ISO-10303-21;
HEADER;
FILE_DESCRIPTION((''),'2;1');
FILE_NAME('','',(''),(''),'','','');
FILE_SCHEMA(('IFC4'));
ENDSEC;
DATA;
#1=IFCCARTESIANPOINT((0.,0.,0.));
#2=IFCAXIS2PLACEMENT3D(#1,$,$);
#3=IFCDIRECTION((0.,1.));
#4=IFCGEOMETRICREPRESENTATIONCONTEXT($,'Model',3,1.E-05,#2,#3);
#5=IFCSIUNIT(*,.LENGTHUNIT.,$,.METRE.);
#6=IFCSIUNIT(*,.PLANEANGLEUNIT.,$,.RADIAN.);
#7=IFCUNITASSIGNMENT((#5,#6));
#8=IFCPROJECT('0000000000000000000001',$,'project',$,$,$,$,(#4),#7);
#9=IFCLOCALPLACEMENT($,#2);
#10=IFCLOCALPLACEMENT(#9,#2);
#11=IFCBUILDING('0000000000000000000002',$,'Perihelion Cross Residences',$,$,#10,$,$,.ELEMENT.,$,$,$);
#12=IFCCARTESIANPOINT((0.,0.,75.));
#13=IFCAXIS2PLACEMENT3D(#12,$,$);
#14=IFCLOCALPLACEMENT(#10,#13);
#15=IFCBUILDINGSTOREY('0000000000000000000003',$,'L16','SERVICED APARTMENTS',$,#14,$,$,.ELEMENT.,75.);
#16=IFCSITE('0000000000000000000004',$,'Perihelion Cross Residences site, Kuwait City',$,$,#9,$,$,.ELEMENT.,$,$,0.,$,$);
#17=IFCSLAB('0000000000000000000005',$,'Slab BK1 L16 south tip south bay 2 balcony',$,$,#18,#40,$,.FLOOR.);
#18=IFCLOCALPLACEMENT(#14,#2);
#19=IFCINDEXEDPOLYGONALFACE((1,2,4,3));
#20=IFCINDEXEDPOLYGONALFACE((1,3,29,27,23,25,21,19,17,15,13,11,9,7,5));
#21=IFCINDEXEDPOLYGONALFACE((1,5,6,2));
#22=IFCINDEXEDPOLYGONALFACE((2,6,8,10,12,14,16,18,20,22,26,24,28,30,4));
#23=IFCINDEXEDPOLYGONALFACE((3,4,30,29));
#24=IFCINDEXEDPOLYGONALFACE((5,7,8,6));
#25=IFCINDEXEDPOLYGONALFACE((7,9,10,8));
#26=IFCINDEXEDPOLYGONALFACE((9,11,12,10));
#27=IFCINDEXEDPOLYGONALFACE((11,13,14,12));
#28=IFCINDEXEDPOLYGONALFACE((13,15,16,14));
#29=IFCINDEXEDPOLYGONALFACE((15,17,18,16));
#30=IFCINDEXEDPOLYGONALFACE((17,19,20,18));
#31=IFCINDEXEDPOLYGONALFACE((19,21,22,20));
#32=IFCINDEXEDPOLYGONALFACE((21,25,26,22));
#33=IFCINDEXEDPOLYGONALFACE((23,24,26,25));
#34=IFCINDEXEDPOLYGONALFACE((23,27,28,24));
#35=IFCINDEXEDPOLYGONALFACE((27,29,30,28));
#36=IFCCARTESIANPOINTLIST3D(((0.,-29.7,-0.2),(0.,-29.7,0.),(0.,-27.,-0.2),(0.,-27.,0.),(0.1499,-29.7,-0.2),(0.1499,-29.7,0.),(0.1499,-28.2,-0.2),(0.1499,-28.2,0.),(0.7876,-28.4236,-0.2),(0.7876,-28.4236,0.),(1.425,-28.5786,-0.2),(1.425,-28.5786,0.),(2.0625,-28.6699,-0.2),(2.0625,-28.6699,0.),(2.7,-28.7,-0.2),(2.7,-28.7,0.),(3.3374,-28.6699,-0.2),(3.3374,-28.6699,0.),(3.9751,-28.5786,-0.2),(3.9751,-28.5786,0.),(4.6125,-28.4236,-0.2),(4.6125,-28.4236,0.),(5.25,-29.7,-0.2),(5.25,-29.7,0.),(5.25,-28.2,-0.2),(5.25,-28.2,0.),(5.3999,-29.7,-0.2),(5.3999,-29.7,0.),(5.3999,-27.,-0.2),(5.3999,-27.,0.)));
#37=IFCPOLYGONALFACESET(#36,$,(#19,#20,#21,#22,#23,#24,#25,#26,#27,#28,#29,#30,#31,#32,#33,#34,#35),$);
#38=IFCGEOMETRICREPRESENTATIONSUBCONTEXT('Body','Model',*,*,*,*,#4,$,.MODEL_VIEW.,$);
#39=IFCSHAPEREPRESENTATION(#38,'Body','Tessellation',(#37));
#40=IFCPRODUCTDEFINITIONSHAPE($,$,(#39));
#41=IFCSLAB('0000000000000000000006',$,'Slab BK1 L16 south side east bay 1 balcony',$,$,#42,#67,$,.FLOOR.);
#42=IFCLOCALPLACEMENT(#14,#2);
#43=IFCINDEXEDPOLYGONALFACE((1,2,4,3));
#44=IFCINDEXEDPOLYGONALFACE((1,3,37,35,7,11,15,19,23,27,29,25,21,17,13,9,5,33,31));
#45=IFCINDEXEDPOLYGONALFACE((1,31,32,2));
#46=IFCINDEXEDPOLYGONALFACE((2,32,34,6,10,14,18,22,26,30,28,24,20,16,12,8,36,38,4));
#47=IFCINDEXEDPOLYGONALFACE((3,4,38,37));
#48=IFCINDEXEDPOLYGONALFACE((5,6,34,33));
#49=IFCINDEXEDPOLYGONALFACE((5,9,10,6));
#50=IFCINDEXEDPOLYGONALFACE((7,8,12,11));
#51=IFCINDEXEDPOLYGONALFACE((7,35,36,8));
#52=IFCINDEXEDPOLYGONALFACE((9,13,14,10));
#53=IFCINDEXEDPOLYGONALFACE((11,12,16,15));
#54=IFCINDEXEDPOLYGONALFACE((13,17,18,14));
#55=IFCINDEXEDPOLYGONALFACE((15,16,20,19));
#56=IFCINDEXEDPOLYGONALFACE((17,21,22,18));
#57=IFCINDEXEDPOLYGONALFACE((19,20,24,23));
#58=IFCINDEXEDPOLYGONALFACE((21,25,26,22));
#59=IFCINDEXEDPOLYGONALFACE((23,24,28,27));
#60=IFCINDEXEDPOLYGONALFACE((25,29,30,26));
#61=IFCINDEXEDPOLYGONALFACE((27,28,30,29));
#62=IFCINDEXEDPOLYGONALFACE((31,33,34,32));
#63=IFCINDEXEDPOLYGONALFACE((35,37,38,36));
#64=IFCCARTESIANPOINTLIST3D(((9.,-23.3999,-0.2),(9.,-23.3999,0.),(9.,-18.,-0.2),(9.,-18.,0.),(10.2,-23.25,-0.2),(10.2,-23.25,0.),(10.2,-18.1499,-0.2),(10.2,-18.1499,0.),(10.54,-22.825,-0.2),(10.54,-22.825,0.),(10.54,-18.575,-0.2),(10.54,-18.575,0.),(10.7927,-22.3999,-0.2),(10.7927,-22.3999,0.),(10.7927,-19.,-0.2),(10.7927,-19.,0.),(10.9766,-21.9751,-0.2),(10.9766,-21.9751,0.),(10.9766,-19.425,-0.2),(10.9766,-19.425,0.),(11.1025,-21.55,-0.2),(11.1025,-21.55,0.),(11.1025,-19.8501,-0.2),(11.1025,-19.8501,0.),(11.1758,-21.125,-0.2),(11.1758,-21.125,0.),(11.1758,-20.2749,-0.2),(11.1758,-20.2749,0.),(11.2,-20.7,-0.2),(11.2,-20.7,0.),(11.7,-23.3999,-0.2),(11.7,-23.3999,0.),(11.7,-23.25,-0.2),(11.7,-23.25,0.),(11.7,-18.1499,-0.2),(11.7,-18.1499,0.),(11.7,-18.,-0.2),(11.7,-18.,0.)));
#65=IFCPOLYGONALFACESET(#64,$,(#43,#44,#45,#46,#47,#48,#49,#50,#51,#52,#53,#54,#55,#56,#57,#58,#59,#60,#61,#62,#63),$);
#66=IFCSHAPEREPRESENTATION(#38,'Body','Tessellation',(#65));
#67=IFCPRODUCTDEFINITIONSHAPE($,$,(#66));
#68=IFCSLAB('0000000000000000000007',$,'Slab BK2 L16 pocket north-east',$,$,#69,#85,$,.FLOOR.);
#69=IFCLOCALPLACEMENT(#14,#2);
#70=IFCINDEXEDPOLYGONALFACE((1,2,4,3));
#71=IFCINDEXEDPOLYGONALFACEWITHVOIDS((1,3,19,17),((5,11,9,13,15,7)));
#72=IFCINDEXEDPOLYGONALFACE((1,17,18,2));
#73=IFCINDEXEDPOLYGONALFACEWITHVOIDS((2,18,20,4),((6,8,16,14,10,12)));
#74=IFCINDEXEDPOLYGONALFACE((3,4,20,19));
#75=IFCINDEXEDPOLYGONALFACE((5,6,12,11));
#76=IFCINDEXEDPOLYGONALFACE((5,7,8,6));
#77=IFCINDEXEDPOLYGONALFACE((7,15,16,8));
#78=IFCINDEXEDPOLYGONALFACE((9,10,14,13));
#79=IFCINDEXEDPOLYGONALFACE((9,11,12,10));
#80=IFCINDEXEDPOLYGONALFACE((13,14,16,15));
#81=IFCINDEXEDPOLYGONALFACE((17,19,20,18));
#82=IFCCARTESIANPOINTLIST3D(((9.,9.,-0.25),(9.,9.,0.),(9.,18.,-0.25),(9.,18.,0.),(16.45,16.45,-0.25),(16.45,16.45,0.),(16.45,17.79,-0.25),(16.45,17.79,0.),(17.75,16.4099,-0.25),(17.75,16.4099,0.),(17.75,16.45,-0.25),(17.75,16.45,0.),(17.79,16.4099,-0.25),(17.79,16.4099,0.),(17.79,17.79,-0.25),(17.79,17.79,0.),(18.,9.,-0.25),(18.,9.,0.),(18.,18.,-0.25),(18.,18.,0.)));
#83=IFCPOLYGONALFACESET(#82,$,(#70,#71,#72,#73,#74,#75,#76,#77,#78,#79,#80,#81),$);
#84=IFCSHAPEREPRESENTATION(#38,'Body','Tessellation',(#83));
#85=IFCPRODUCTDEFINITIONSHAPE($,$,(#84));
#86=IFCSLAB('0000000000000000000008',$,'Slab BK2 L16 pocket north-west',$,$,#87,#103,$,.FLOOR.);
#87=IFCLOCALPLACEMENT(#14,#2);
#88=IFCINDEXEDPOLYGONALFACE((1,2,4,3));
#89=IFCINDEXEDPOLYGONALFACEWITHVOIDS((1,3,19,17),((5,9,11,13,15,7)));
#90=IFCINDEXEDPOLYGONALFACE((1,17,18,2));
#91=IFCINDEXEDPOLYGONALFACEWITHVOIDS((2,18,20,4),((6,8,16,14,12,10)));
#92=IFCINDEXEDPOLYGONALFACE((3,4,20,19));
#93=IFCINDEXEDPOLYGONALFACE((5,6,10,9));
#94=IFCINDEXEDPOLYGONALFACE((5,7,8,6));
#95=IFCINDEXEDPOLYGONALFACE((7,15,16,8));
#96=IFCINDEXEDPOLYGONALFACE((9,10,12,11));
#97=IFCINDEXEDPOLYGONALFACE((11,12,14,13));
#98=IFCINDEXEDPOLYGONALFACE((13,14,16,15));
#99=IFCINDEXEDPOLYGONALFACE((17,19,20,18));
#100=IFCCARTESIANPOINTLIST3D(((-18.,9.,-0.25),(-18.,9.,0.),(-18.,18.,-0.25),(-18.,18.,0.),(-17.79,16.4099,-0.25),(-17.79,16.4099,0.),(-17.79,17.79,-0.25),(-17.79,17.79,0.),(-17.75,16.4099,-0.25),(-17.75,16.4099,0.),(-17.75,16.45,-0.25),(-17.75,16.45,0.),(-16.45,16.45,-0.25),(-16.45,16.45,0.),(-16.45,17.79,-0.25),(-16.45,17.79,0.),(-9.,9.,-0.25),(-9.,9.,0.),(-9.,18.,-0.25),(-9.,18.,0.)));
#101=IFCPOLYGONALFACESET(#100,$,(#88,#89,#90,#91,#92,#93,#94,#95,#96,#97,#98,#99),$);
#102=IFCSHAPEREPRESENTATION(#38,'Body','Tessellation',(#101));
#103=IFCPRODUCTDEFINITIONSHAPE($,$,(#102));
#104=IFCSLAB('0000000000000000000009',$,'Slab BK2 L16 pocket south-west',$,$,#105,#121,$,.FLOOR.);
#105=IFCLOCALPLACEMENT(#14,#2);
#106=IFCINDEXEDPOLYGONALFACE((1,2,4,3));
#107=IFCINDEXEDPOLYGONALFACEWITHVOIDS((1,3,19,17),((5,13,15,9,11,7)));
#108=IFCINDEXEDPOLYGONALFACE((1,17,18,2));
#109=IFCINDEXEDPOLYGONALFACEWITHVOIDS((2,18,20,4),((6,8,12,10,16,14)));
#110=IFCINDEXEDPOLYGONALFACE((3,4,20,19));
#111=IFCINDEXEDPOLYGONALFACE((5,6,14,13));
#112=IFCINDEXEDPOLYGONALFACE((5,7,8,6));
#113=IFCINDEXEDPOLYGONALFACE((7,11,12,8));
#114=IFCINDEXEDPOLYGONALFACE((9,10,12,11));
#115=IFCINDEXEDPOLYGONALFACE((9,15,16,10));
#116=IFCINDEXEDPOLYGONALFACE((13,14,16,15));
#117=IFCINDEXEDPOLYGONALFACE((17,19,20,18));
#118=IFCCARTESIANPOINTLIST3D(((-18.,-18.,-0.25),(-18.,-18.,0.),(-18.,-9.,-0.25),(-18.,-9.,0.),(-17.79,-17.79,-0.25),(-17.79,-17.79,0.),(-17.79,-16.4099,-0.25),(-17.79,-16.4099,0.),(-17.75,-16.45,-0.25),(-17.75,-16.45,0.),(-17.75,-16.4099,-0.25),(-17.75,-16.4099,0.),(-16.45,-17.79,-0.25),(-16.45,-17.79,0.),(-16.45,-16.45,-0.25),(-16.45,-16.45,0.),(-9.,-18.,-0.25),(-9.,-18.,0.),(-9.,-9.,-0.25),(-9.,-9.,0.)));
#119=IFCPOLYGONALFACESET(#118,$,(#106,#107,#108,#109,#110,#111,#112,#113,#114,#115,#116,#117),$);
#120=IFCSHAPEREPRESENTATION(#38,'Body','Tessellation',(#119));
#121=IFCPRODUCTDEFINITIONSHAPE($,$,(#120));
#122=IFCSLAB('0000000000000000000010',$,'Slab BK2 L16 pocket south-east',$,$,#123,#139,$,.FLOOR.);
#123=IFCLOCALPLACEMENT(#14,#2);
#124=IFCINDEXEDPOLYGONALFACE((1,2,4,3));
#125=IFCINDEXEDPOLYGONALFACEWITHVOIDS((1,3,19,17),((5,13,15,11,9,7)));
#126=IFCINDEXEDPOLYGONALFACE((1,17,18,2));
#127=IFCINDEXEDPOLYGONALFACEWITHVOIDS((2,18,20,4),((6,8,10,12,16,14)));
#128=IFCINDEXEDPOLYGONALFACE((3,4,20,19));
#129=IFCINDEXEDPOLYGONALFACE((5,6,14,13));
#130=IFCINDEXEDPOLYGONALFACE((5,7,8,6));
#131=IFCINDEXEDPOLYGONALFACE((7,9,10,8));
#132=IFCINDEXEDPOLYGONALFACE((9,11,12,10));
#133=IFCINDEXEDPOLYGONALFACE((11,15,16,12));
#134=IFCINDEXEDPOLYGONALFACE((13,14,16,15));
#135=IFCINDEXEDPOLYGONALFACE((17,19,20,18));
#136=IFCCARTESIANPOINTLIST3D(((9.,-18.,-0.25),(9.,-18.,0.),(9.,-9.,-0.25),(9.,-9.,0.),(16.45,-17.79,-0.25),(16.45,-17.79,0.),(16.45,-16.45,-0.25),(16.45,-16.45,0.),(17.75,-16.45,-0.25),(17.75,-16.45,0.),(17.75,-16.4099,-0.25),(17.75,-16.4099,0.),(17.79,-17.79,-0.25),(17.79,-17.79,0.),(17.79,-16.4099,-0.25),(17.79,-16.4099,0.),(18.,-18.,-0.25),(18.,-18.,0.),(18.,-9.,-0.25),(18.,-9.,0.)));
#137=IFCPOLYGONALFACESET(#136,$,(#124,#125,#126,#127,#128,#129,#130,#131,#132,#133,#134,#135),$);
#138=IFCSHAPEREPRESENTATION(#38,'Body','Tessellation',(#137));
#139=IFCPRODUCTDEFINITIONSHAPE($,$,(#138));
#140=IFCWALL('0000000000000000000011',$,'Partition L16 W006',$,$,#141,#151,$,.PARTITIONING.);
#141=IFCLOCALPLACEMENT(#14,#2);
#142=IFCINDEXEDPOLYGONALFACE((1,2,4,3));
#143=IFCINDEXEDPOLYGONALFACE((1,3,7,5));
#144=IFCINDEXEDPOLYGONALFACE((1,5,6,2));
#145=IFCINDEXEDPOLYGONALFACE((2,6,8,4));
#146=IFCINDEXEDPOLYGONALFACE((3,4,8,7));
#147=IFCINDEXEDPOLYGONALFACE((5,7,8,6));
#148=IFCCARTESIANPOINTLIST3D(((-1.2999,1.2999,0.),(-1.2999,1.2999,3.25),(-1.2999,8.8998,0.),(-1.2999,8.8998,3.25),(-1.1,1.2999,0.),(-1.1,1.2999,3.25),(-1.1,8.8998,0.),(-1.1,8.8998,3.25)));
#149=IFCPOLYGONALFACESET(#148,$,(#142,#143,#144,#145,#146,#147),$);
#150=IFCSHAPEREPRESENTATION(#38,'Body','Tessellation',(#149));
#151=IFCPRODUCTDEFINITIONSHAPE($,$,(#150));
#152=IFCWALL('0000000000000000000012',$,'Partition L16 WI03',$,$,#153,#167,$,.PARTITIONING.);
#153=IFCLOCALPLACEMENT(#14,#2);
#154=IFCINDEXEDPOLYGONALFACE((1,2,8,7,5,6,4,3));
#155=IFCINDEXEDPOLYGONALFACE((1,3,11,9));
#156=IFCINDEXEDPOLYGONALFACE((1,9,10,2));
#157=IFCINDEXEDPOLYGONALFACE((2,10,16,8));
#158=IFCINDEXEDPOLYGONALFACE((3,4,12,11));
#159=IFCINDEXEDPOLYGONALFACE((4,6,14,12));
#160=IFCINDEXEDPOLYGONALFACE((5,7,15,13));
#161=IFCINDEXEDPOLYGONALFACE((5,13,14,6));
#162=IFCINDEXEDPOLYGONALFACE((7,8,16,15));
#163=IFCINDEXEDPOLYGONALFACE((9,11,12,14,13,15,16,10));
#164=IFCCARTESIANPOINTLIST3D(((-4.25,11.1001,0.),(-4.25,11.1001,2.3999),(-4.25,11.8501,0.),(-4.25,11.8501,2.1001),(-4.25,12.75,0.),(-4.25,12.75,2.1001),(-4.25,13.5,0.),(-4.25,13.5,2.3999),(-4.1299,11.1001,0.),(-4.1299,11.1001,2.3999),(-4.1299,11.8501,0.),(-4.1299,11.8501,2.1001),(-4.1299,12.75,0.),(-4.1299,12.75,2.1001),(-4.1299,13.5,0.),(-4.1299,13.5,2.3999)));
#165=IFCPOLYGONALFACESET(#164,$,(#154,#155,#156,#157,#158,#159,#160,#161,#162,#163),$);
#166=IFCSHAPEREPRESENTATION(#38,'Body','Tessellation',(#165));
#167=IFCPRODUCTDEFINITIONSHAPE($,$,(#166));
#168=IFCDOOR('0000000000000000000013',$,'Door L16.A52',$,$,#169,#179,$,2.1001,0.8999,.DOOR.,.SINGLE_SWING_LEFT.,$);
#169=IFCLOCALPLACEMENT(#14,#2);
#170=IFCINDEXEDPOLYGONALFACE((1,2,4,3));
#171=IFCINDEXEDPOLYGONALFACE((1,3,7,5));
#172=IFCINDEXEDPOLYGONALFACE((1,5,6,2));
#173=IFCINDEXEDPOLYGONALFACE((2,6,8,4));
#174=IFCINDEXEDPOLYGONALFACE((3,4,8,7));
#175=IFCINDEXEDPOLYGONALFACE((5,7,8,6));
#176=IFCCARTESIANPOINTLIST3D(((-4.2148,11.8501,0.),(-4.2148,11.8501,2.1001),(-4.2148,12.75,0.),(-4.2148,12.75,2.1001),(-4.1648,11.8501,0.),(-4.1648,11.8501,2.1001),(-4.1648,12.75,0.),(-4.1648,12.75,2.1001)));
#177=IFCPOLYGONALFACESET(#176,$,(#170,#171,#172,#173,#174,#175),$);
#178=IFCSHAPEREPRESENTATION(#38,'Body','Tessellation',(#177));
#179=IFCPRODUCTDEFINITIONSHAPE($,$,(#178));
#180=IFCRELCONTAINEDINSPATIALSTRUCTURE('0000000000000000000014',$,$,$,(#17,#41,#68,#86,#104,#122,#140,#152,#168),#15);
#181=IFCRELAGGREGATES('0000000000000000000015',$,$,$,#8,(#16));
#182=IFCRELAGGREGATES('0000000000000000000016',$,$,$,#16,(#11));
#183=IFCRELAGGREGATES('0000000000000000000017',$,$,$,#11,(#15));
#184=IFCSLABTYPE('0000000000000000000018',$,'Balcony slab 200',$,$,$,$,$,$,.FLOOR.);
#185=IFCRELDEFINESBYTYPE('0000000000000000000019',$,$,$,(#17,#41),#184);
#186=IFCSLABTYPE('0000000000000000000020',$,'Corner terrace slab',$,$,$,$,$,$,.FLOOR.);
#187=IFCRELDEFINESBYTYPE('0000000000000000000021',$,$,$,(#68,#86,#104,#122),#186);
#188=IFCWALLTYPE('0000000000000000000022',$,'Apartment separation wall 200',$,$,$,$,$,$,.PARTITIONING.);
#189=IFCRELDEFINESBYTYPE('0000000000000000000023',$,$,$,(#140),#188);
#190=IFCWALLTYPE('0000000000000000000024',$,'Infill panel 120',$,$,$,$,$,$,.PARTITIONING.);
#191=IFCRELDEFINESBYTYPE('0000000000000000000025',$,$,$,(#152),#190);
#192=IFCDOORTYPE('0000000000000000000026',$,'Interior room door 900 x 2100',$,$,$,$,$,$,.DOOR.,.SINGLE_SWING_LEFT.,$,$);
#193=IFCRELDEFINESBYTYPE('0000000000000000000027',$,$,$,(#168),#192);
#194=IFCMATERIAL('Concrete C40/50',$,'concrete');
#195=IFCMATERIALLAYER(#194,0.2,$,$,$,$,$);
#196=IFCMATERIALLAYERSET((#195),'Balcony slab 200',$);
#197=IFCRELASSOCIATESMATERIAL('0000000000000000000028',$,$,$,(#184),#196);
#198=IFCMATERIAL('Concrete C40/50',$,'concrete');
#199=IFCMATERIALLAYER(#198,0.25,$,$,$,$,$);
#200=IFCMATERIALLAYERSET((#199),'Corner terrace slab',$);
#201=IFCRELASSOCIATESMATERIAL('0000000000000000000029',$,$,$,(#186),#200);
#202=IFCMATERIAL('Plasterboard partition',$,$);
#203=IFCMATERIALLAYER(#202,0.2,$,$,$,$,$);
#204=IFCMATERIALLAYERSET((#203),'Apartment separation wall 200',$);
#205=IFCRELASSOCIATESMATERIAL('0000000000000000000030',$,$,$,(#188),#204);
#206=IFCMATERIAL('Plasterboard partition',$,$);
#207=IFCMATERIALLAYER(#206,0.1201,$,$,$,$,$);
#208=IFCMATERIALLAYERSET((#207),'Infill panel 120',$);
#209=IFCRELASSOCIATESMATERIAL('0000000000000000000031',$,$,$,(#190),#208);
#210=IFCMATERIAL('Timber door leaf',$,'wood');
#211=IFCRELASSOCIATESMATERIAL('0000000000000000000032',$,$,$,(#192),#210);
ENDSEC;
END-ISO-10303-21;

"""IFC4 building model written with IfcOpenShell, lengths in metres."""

from ifc_helpers import new_model, si_unit, direction, frame, frame_2d, origin, place, context, subcontext, project, spatial, polyline, rectangle, outline, extrude, material, layer, layer_set, type_object, element, fill, save


model = new_model("IFC4")

# Units and contexts
model_context = context("Model", 3, precision=1e-05, world=origin(), true_north=direction((0.0, 1.0)))
body_context = subcontext(model_context, "Body", "Model", "MODEL_VIEW")
ifc_project = project(units=[si_unit("LENGTHUNIT", "METRE"), si_unit("PLANEANGLEUNIT", "RADIAN")], contexts=[model_context])

# Site, building, storey
site_placement = place(None, origin())
site = spatial("IfcSite", under=ifc_project, at=site_placement, Name="Perihelion Cross Residences site, Kuwait City", CompositionType="ELEMENT", RefElevation=0.0)
building_placement = place(site_placement, origin())
building = spatial("IfcBuilding", under=site, at=building_placement, Name="Perihelion Cross Residences", CompositionType="ELEMENT")
storey_placement = place(building_placement, frame((0.0, 0.0, 75.0)))
storey = spatial("IfcBuildingStorey", under=building, at=storey_placement, Name="L16", Description="SERVICED APARTMENTS", CompositionType="ELEMENT", Elevation=75.0)

# Slabs
ifc_material_1 = material(Name="Concrete C40/50", Category="concrete")
ifc_layer_1 = layer(ifc_material_1, 0.2)
ifc_layer_set_1 = layer_set([ifc_layer_1], Name="Balcony slab 200")
slab_type_1 = type_object("IfcSlabType", Name="Balcony slab 200", PredefinedType="FLOOR", material=ifc_layer_set_1)
slab_1_placement = place(storey_placement, frame((0.0, 0.0, -0.2)))
element("IfcSlab", 1, at=slab_1_placement, inside=storey, type_object=slab_type_1, Name="Slab BK1 L16 south tip south bay 2 balcony", PredefinedType="FLOOR", context=body_context, shape_type="SweptSolid", body=[
    extrude(outline(polyline([(0.0, -27.0), (5.3999, -27.0), (5.3999, -29.7), (5.25, -29.7), (5.25, -28.2), (4.6125, -28.4236), (3.9751, -28.5786), (3.3374, -28.6699), (2.7, -28.7), (2.0625, -28.6699), (1.425, -28.5786), (0.7876, -28.4236), (0.1499, -28.2), (0.1499, -29.7), (0.0, -29.7), (0.0, -27.0)])), origin(), (0.0, 0.0, 1.0), 0.2),
])
slab_2_placement = place(storey_placement, frame((0.0, 0.0, -0.2)))
element("IfcSlab", 2, at=slab_2_placement, inside=storey, type_object=slab_type_1, Name="Slab BK1 L16 south side east bay 1 balcony", PredefinedType="FLOOR", context=body_context, shape_type="SweptSolid", body=[
    extrude(outline(polyline([(9.0, -23.3999), (9.0, -18.0), (11.7, -18.0), (11.7, -18.1499), (10.2, -18.1499), (10.54, -18.575), (10.7927, -19.0), (10.9766, -19.425), (11.1025, -19.8501), (11.1758, -20.2749), (11.2, -20.7), (11.1758, -21.125), (11.1025, -21.55), (10.9766, -21.9751), (10.7927, -22.3999), (10.54, -22.825), (10.2, -23.25), (11.7, -23.25), (11.7, -23.3999), (9.0, -23.3999)])), origin(), (0.0, 0.0, 1.0), 0.2),
])
ifc_material_2 = material(Name="Concrete C40/50", Category="concrete")
ifc_layer_2 = layer(ifc_material_2, 0.25)
ifc_layer_set_2 = layer_set([ifc_layer_2], Name="Corner terrace slab")
slab_type_2 = type_object("IfcSlabType", Name="Corner terrace slab", PredefinedType="FLOOR", material=ifc_layer_set_2)
slab_3_placement = place(storey_placement, frame((0.0, 0.0, -0.25)))
element("IfcSlab", 3, at=slab_3_placement, inside=storey, type_object=slab_type_2, Name="Slab BK2 L16 pocket north-east", PredefinedType="FLOOR", context=body_context, shape_type="SweptSolid", body=[
    extrude(outline(polyline([(18.0, 9.0), (18.0, 18.0), (9.0, 18.0), (9.0, 9.0), (18.0, 9.0)]), holes=[polyline([(16.45, 16.45), (16.45, 17.79), (17.79, 17.79), (17.79, 16.4099), (17.75, 16.4099), (17.75, 16.45), (16.45, 16.45)])]), origin(), (0.0, 0.0, 1.0), 0.25),
])
slab_4_placement = place(storey_placement, frame((0.0, 0.0, -0.25)))
element("IfcSlab", 4, at=slab_4_placement, inside=storey, type_object=slab_type_2, Name="Slab BK2 L16 pocket north-west", PredefinedType="FLOOR", context=body_context, shape_type="SweptSolid", body=[
    extrude(outline(polyline([(-9.0, 9.0), (-9.0, 18.0), (-18.0, 18.0), (-18.0, 9.0), (-9.0, 9.0)]), holes=[polyline([(-17.79, 16.4099), (-17.79, 17.79), (-16.45, 17.79), (-16.45, 16.45), (-17.75, 16.45), (-17.75, 16.4099), (-17.79, 16.4099)])]), origin(), (0.0, 0.0, 1.0), 0.25),
])
slab_5_placement = place(storey_placement, frame((0.0, 0.0, -0.25)))
element("IfcSlab", 5, at=slab_5_placement, inside=storey, type_object=slab_type_2, Name="Slab BK2 L16 pocket south-west", PredefinedType="FLOOR", context=body_context, shape_type="SweptSolid", body=[
    extrude(outline(polyline([(-9.0, -18.0), (-9.0, -9.0), (-18.0, -9.0), (-18.0, -18.0), (-9.0, -18.0)]), holes=[polyline([(-17.79, -16.4099), (-17.75, -16.4099), (-17.75, -16.45), (-16.45, -16.45), (-16.45, -17.79), (-17.79, -17.79), (-17.79, -16.4099)])]), origin(), (0.0, 0.0, 1.0), 0.25),
])
slab_6_placement = place(storey_placement, frame((0.0, 0.0, -0.25)))
element("IfcSlab", 6, at=slab_6_placement, inside=storey, type_object=slab_type_2, Name="Slab BK2 L16 pocket south-east", PredefinedType="FLOOR", context=body_context, shape_type="SweptSolid", body=[
    extrude(outline(polyline([(18.0, -18.0), (18.0, -9.0), (9.0, -9.0), (9.0, -18.0), (18.0, -18.0)]), holes=[polyline([(16.45, -17.79), (16.45, -16.45), (17.75, -16.45), (17.75, -16.4099), (17.79, -16.4099), (17.79, -17.79), (16.45, -17.79)])]), origin(), (0.0, 0.0, 1.0), 0.25),
])

# Wall
ifc_material_3 = material(Name="Plasterboard partition")
ifc_layer_3 = layer(ifc_material_3, 0.2)
ifc_layer_set_3 = layer_set([ifc_layer_3], Name="Apartment separation wall 200")
wall_type_1 = type_object("IfcWallType", Name="Apartment separation wall 200", PredefinedType="PARTITIONING", material=ifc_layer_set_3)
wall_1_placement = place(storey_placement, frame((-1.2, 1.3, 0.0), z_axis=(0.0, 0.0, 1.0), x_axis=(0.0, 1.0, 0.0)))
element("IfcWall", 7, at=wall_1_placement, inside=storey, type_object=wall_type_1, Name="Partition L16 W006", PredefinedType="PARTITIONING", context=body_context, shape_type="SweptSolid", body=[
    extrude(rectangle(XDim=7.5999, YDim=0.2, at=frame_2d((3.7998, 0.0))), origin(), (0.0, 0.0, 1.0), 3.25),
])

# Wall, opening, door
ifc_material_4 = material(Name="Plasterboard partition")
ifc_layer_4 = layer(ifc_material_4, 0.1201)
ifc_layer_set_4 = layer_set([ifc_layer_4], Name="Infill panel 120")
wall_type_2 = type_object("IfcWallType", Name="Infill panel 120", PredefinedType="PARTITIONING", material=ifc_layer_set_4)
wall_2_placement = place(storey_placement, frame((-4.1899, 11.1001, 0.0), z_axis=(0.0, 0.0, 1.0), x_axis=(0.0, 1.0, 0.0)))
wall_2 = element("IfcWall", 8, at=wall_2_placement, inside=storey, type_object=wall_type_2, Name="Partition L16 WI03", PredefinedType="PARTITIONING", context=body_context, shape_type="SweptSolid", body=[
    extrude(rectangle(XDim=2.3999, YDim=0.1201, at=frame_2d((1.2, 0.0))), origin(), (0.0, 0.0, 1.0), 2.3999),
])
opening_1_placement = place(wall_2_placement, frame((0.75, 0.0, 0.0)))
opening_1 = element("IfcOpeningElement", 9, at=opening_1_placement, cuts=wall_2, PredefinedType="OPENING", context=body_context, shape_type="SweptSolid", body=[
    extrude(rectangle(XDim=0.8999, YDim=2.1001, at=frame_2d((0.45, 1.05))), frame((0.0, 0.0701, 0.0), z_axis=(0.0, -1.0, 0.0), x_axis=(1.0, 0.0, 0.0)), (0.0, 0.0, 1.0), 0.1401),
])
ifc_material_5 = material(Name="Timber door leaf", Category="wood")
door_type_1 = type_object("IfcDoorType", Name="Interior room door 900 x 2100", OperationType="SINGLE_SWING_LEFT", PredefinedType="DOOR", material=ifc_material_5)
door_1_placement = place(opening_1_placement, origin())
door_1 = element("IfcDoor", 10, at=door_1_placement, inside=storey, type_object=door_type_1, Name="Door L16.A52", OperationType="SINGLE_SWING_LEFT", OverallHeight=2.1001, OverallWidth=0.8999, PredefinedType="DOOR", context=body_context, shape_type="SweptSolid", body=[
    extrude(rectangle(XDim=0.8999, YDim=2.1001, at=frame_2d((0.45, 1.05))), frame((0.0, 0.0249, 0.0), z_axis=(0.0, -1.0, 0.0), x_axis=(1.0, 0.0, 0.0)), (0.0, 0.0, 1.0), 0.05),
])
fill(opening_1, door_1)

save(model, "model.ifc")
